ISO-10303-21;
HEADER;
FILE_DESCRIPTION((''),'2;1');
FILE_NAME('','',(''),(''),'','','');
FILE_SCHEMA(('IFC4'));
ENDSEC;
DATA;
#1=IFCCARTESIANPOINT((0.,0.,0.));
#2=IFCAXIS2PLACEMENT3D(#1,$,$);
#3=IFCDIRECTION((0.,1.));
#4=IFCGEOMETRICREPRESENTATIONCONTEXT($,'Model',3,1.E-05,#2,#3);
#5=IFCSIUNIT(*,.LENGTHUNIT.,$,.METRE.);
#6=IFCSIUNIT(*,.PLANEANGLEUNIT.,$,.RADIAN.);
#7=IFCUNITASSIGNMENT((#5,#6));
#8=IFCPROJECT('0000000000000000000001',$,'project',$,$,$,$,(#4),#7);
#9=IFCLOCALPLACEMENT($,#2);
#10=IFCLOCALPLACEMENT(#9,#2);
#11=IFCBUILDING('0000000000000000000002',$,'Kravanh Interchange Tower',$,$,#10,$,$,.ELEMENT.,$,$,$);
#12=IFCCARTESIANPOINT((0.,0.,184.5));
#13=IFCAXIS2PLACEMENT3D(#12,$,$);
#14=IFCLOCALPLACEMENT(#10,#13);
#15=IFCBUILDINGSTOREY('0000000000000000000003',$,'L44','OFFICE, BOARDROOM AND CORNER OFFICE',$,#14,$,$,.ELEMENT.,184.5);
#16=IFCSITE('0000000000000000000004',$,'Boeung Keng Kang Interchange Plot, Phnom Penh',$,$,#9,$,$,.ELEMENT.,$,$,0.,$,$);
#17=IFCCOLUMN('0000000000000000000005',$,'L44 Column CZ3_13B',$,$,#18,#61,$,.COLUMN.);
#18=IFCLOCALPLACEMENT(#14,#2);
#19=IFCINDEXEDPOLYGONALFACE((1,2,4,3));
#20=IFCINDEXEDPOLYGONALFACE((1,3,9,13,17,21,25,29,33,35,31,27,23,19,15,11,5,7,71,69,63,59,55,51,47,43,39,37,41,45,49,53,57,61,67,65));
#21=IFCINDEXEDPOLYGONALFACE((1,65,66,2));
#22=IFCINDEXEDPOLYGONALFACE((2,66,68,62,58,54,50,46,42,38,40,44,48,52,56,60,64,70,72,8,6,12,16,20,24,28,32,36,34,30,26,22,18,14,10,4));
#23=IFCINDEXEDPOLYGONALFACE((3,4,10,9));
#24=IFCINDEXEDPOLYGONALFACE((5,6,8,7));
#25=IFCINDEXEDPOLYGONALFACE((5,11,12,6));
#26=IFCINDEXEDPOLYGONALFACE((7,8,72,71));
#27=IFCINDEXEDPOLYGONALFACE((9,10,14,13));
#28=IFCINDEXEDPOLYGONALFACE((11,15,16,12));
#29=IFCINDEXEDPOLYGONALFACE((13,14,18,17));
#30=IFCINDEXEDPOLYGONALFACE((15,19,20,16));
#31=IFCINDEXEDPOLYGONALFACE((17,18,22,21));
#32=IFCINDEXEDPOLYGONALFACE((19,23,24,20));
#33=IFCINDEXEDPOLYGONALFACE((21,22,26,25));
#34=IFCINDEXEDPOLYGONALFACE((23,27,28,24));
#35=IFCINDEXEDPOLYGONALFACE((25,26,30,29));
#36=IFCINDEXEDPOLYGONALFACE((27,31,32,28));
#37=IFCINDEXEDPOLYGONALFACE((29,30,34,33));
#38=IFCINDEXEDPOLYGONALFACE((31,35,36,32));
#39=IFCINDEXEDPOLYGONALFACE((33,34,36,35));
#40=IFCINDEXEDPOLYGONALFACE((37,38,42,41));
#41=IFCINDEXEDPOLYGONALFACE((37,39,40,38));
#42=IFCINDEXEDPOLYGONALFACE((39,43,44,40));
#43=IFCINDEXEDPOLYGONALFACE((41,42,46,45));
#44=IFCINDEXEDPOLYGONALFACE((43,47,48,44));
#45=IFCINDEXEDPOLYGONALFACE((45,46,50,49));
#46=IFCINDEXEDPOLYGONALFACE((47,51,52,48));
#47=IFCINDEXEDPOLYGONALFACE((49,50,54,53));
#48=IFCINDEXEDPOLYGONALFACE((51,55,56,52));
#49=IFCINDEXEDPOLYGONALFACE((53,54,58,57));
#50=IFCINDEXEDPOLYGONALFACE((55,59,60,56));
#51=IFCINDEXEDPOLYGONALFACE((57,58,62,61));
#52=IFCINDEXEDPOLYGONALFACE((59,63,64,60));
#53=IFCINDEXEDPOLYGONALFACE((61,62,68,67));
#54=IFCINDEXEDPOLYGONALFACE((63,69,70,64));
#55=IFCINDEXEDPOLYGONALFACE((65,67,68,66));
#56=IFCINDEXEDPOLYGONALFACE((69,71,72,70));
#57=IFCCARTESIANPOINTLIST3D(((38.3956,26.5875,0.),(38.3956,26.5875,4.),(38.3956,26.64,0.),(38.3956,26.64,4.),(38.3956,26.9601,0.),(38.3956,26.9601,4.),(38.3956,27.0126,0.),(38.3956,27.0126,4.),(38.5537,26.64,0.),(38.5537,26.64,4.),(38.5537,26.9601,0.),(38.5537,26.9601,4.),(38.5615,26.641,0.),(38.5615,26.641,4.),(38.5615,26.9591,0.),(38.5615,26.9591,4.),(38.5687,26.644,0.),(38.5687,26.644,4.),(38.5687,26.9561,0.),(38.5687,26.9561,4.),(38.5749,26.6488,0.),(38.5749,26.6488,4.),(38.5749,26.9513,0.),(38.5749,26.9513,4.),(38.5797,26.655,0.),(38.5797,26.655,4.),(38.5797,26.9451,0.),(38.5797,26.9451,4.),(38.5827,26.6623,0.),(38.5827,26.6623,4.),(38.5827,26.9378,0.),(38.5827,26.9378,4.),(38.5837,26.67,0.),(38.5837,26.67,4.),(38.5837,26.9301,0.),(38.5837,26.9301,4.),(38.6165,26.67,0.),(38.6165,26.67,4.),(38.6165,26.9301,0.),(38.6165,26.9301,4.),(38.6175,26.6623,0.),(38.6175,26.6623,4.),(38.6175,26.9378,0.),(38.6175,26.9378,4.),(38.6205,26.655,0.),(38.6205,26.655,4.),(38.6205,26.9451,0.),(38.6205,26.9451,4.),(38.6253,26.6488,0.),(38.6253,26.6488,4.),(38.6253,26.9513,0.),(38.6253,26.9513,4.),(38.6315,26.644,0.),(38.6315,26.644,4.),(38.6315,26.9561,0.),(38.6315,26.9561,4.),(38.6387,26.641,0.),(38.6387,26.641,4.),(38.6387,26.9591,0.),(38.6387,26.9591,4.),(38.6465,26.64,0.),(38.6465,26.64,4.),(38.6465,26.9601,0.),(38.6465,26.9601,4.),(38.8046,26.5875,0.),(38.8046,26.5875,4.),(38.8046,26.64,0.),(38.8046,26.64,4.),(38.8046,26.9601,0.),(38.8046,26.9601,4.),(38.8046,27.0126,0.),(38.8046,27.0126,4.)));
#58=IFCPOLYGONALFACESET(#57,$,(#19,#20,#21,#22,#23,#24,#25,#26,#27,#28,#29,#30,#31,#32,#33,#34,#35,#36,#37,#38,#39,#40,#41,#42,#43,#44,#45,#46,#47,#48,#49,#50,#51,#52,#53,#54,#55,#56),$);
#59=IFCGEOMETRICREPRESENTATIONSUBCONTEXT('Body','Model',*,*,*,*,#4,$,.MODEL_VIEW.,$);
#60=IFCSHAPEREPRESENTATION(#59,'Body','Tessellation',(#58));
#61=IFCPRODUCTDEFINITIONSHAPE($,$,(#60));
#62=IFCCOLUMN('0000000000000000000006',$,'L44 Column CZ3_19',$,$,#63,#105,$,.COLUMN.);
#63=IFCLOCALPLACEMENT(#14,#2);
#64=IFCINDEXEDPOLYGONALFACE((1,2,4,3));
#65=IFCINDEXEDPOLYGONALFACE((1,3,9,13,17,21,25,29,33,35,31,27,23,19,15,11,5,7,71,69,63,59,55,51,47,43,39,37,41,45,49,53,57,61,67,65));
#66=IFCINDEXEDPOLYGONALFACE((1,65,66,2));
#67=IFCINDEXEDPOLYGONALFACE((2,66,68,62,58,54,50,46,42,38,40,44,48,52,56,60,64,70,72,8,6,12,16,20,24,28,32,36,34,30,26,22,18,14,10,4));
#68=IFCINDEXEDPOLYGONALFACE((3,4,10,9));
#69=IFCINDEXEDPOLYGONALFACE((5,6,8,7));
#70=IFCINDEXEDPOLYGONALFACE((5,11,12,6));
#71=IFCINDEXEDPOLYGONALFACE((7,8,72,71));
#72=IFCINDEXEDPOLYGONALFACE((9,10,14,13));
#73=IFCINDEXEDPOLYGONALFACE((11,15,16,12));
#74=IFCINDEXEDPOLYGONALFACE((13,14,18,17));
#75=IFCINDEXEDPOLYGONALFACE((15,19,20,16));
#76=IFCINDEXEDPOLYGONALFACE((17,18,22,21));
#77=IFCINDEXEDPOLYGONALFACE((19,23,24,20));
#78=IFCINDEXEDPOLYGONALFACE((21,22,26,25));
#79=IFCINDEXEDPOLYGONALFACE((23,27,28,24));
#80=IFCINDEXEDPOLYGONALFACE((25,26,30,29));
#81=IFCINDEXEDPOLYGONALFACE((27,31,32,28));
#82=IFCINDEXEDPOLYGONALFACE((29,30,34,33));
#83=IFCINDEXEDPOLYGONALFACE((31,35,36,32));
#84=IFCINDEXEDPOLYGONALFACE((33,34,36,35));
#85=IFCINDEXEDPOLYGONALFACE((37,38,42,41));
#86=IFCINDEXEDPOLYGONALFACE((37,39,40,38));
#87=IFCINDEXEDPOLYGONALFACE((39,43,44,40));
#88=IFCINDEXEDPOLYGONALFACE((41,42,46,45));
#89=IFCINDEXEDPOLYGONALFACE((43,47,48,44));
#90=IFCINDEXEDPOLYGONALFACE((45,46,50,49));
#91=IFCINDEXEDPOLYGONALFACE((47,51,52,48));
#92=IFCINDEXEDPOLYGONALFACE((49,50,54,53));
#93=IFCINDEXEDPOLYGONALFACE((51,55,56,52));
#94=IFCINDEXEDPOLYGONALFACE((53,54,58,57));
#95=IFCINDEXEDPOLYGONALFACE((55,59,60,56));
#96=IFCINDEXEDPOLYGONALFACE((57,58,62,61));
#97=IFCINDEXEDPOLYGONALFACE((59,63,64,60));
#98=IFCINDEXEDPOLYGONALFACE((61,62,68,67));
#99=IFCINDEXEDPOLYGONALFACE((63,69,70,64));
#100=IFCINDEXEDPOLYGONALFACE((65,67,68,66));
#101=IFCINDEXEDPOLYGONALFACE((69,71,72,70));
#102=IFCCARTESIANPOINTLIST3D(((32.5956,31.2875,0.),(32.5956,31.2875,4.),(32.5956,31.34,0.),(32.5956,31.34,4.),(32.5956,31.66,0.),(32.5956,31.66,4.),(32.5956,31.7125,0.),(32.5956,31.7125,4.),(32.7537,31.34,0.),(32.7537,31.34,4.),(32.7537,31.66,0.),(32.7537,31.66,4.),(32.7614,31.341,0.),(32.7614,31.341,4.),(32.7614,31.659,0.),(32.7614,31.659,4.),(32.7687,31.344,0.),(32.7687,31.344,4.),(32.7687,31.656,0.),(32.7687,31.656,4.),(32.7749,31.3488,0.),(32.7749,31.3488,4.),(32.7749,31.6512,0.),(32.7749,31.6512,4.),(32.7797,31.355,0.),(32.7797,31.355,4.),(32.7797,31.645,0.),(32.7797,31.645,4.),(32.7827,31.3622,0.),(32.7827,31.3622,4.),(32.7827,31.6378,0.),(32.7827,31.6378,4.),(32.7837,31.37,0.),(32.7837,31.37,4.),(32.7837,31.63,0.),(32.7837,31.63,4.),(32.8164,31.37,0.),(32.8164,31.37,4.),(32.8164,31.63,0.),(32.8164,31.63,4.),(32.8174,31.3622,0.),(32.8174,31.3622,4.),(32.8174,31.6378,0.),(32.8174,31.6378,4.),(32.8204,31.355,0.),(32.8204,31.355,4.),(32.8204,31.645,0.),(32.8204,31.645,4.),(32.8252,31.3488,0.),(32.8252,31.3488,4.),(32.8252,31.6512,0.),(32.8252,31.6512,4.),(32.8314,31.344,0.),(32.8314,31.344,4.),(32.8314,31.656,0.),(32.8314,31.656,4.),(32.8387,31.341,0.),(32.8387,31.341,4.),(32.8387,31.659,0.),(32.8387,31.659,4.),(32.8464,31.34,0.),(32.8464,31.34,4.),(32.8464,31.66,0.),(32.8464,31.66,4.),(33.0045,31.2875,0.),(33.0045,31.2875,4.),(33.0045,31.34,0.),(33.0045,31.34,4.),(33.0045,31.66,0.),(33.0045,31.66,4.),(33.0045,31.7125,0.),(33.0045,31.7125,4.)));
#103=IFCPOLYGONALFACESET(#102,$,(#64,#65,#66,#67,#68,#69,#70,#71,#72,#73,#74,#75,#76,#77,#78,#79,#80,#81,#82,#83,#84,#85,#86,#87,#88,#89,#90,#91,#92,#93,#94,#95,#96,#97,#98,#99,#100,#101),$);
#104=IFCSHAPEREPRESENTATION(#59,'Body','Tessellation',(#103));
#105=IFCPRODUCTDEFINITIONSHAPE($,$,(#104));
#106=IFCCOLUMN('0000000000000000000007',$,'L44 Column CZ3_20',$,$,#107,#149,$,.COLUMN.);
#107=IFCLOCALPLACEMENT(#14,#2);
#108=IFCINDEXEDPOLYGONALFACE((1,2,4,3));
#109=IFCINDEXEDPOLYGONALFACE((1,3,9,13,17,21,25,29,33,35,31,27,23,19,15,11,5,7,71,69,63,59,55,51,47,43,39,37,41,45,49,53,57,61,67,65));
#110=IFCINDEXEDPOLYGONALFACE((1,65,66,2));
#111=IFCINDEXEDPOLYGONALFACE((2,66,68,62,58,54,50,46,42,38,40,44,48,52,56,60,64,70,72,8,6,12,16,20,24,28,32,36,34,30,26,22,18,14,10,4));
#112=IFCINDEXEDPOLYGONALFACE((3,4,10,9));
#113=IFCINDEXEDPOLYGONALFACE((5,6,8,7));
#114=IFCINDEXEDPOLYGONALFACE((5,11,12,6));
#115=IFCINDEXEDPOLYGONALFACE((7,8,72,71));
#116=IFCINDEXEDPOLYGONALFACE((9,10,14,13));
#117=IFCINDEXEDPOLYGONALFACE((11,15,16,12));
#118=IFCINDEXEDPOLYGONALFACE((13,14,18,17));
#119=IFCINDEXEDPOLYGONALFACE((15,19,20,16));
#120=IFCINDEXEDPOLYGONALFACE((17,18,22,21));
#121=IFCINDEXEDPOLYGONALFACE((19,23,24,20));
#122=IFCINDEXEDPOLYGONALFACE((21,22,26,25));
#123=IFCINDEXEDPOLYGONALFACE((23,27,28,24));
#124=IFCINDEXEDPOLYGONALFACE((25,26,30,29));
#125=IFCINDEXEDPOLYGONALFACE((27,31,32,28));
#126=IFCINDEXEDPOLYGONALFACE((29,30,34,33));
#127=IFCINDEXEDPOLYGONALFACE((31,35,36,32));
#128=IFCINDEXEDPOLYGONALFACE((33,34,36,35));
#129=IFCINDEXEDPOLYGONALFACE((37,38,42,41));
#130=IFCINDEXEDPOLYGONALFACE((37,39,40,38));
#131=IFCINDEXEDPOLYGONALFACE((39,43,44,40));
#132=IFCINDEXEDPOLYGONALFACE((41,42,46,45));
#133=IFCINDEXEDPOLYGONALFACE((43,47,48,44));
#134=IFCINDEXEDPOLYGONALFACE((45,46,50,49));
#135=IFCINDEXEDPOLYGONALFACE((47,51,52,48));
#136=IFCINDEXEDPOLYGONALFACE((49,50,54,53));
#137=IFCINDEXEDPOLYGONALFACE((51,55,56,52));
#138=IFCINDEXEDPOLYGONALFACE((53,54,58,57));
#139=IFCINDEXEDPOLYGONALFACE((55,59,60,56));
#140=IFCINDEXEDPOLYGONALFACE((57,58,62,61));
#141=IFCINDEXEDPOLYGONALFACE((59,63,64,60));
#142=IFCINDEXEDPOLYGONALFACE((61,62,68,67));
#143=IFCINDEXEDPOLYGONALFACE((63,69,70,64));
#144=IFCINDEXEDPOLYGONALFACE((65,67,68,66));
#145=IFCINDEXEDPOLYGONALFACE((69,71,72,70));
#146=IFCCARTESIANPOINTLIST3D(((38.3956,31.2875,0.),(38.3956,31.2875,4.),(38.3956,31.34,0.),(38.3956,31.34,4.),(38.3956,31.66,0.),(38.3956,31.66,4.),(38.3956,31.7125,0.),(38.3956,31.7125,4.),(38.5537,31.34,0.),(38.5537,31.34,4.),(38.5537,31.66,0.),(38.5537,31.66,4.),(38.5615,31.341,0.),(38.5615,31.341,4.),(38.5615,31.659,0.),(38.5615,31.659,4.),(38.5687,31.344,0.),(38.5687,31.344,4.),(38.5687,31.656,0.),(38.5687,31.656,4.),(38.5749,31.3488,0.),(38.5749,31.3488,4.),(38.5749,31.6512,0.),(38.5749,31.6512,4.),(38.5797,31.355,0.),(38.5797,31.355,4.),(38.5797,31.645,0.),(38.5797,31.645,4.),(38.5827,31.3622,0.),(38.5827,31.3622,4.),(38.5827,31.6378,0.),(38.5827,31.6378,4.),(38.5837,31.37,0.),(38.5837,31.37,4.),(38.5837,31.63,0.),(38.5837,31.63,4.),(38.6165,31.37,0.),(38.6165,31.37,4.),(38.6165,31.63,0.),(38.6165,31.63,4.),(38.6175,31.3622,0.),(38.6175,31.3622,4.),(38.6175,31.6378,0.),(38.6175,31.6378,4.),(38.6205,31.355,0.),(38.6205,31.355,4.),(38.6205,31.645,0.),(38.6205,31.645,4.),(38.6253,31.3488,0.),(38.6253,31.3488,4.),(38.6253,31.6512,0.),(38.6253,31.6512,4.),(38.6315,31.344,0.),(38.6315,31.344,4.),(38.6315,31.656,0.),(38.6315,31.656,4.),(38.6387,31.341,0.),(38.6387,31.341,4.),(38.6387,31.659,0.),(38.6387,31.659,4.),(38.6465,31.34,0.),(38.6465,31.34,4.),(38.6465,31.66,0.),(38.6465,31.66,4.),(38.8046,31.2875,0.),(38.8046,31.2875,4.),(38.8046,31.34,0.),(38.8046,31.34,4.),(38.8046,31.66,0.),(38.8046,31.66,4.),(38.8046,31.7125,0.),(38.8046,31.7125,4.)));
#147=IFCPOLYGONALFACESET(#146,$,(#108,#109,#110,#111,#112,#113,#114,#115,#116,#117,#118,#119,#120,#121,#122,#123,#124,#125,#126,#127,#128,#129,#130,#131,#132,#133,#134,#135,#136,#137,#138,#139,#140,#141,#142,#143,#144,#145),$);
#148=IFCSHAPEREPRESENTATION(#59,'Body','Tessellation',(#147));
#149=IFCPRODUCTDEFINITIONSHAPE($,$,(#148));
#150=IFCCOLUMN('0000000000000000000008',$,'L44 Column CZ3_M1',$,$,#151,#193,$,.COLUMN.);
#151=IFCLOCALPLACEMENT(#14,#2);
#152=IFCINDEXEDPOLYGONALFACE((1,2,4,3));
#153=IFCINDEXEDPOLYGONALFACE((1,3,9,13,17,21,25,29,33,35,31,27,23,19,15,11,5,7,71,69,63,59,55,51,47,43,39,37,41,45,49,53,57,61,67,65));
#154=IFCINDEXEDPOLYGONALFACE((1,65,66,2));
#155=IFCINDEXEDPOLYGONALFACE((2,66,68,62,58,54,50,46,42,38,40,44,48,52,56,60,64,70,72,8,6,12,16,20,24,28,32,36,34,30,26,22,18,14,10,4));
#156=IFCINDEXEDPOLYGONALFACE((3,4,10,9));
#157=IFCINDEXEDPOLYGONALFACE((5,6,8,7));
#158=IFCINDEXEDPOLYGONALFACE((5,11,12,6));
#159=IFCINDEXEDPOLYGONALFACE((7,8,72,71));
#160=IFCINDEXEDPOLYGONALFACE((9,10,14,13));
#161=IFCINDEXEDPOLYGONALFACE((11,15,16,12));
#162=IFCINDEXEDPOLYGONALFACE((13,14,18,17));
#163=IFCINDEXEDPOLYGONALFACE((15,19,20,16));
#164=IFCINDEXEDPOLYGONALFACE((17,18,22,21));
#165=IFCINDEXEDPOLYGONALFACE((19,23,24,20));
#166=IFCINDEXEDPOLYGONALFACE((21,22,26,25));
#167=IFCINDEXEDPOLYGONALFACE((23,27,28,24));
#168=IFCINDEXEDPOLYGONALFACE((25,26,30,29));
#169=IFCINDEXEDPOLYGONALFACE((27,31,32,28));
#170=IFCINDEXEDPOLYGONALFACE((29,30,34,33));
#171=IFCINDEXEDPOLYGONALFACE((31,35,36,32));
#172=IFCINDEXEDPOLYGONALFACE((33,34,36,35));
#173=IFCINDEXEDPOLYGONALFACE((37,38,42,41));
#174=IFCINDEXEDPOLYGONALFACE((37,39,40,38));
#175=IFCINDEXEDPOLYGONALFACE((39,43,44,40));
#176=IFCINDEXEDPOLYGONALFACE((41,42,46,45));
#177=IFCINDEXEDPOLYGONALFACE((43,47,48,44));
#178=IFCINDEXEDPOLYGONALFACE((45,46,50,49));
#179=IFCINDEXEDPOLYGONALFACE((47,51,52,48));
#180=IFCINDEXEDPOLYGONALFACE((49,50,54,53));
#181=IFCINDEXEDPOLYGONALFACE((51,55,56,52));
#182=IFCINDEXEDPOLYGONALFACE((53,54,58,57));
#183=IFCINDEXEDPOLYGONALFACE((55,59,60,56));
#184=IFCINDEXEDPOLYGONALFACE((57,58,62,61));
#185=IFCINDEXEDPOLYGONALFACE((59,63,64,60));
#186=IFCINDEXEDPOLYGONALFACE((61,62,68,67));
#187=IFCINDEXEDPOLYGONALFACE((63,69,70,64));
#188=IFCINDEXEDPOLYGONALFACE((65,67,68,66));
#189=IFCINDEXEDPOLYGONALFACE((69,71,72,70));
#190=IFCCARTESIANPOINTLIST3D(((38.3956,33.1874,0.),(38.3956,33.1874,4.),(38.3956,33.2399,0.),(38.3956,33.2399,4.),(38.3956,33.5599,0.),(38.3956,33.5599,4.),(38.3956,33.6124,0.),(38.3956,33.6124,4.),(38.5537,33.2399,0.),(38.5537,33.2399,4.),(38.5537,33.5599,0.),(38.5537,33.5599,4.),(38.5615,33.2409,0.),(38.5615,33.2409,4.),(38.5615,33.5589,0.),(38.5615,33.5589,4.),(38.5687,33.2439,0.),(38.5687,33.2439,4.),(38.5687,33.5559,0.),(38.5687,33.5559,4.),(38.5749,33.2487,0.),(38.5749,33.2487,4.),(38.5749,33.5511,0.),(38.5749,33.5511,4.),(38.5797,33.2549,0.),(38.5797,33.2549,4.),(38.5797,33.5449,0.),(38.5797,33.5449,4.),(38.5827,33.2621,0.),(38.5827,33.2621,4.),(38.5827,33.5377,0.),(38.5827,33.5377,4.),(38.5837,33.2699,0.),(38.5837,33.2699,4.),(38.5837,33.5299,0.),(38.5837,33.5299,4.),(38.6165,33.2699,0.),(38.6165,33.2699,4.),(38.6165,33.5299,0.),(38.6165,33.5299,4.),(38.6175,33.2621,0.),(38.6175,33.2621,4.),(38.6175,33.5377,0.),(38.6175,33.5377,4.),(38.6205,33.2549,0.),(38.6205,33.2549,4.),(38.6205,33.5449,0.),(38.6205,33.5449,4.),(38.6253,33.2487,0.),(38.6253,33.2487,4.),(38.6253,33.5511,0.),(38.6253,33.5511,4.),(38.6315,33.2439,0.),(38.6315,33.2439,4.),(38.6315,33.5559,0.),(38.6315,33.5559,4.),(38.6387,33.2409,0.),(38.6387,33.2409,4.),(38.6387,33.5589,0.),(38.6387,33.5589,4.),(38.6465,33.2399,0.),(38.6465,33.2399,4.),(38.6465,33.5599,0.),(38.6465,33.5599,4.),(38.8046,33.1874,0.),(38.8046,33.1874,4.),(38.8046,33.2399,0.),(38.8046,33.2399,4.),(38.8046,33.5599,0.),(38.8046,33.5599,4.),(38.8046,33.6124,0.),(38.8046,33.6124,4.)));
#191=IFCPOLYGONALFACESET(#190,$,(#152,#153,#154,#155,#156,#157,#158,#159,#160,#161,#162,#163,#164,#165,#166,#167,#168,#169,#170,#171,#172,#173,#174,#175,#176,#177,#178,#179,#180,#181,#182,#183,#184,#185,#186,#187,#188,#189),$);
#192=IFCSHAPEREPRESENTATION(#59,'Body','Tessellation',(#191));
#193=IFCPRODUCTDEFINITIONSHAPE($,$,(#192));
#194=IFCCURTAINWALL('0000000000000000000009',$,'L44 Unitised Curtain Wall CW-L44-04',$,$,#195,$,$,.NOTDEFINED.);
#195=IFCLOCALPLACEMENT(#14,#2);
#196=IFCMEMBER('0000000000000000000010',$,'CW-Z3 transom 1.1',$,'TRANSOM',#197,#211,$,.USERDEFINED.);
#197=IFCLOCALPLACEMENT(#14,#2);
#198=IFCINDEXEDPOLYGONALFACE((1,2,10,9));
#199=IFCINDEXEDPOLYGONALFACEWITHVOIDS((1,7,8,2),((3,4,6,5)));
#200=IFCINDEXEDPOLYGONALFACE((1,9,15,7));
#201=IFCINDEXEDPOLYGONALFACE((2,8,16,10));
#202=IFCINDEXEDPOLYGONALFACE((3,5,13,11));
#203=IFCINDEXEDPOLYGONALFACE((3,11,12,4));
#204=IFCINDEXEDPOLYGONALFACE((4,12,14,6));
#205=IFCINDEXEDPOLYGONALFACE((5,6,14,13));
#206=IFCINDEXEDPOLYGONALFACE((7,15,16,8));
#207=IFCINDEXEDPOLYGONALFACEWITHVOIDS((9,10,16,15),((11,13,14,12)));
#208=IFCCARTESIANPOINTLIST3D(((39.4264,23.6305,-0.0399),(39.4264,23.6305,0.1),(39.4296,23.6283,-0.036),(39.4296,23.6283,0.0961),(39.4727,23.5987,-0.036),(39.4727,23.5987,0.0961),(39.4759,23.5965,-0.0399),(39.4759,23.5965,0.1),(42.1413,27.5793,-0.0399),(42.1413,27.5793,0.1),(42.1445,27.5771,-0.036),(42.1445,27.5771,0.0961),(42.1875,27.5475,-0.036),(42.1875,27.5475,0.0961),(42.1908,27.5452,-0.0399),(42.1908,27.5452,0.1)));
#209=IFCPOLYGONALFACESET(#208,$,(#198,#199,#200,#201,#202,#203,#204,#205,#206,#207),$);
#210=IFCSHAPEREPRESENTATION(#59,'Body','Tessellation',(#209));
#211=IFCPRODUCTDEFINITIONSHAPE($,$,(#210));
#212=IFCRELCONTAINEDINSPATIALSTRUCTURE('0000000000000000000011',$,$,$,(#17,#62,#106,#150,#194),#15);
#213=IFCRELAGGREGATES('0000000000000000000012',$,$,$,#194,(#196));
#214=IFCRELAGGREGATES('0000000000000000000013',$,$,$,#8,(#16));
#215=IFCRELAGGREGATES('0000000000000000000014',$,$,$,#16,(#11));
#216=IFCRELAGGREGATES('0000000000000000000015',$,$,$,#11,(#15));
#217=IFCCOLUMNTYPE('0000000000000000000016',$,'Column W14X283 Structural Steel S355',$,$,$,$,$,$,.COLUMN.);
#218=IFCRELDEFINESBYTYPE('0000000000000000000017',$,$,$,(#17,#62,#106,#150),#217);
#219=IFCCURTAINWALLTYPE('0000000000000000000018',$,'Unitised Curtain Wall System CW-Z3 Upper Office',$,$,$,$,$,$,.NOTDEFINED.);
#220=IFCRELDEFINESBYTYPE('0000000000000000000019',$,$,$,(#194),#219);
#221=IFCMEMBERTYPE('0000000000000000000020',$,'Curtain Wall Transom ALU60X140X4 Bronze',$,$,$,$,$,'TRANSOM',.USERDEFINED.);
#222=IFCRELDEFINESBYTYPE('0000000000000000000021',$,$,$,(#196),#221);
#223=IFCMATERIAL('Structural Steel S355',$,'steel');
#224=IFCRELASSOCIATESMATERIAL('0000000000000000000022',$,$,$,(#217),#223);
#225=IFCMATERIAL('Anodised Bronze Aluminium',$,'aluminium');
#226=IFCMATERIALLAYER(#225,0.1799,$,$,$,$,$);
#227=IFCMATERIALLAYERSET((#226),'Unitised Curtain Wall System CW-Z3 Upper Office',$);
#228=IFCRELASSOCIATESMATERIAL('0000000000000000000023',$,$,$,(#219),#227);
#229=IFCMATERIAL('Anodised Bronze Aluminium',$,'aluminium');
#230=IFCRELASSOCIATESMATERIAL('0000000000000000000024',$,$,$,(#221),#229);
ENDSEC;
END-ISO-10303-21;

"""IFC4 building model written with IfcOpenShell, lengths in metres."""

from ifc_helpers import new_model, si_unit, direction, frame, origin, origin_2d, place, context, subcontext, project, spatial, hollow_rectangle, i_section, extrude, material, layer, layer_set, material_profile, profile_set, type_object, element, aggregate, save


model = new_model("IFC4")

# Units and contexts
model_context = context("Model", 3, precision=1e-05, world=origin(), true_north=direction((0.0, 1.0)))
body_context = subcontext(model_context, "Body", "Model", "MODEL_VIEW")
ifc_project = project(units=[si_unit("LENGTHUNIT", "METRE"), si_unit("PLANEANGLEUNIT", "RADIAN")], contexts=[model_context])

# Site, building, storey
site_placement = place(None, origin())
site = spatial("IfcSite", under=ifc_project, at=site_placement, Name="Boeung Keng Kang Interchange Plot, Phnom Penh", CompositionType="ELEMENT", RefElevation=0.0)
building_placement = place(site_placement, origin())
building = spatial("IfcBuilding", under=site, at=building_placement, Name="Kravanh Interchange Tower", CompositionType="ELEMENT")
storey_placement = place(building_placement, frame((0.0, 0.0, 184.5)))
storey = spatial("IfcBuildingStorey", under=building, at=storey_placement, Name="L44", Description="OFFICE, BOARDROOM AND CORNER OFFICE", CompositionType="ELEMENT", Elevation=184.5)

# Columns
ifc_material_1 = material(Name="Structural Steel S355", Category="steel")
ifc_material_profile_1 = material_profile(ifc_material_1, i_section(OverallWidth=0.4089, OverallDepth=0.425, WebThickness=0.0327, FlangeThickness=0.0525, FilletRadius=0.03, at=origin_2d()), Name="W14X283")
ifc_profile_set_1 = profile_set([ifc_material_profile_1], Name="Structural Steel S355")
column_type = type_object("IfcColumnType", Name="Column W14X283 Structural Steel S355", PredefinedType="COLUMN", material=ifc_profile_set_1)
for number, where, z_axis, x_axis, name in (
    (1, (38.6001, 26.8, 0.0), (0.0, 0.0, 1.0), (1.0, 0.0, 0.0), "L44 Column CZ3_13B"),
    (2, (32.8, 31.5, 0.0), (0.0, 0.0, 1.0), (1.0, 0.0, 0.0), "L44 Column CZ3_19"),
    (3, (38.6001, 31.5, 0.0), (0.0, 0.0, 1.0), (1.0, 0.0, 0.0), "L44 Column CZ3_20"),
    (4, (38.6001, 33.3999, 0.0), (0.0, 0.0, 1.0), (1.0, 0.0, 0.0), "L44 Column CZ3_M1"),
):
    element("IfcColumn", number, at=place(storey_placement, frame(where, z_axis=z_axis, x_axis=x_axis)), inside=storey, type_object=column_type, Name=name, PredefinedType="COLUMN", context=body_context, shape_type="SweptSolid", body=[
        extrude(i_section(OverallWidth=0.4089, OverallDepth=0.425, WebThickness=0.0327, FlangeThickness=0.0525, FilletRadius=0.03, at=origin_2d()), origin(), (0.0, 0.0, 1.0), 4.0),
    ])

# Curtain wall, member
ifc_material_2 = material(Name="Anodised Bronze Aluminium", Category="aluminium")
ifc_layer = layer(ifc_material_2, 0.1799)
ifc_layer_set = layer_set([ifc_layer], Name="Unitised Curtain Wall System CW-Z3 Upper Office")
curtain_wall_type = type_object("IfcCurtainWallType", Name="Unitised Curtain Wall System CW-Z3 Upper Office", PredefinedType="NOTDEFINED", material=ifc_layer_set)
curtain_wall_placement = place(storey_placement, origin())
curtain_wall = element("IfcCurtainWall", 5, at=curtain_wall_placement, inside=storey, type_object=curtain_wall_type, Name="L44 Unitised Curtain Wall CW-L44-04", PredefinedType="NOTDEFINED")
ifc_material_3 = material(Name="Anodised Bronze Aluminium", Category="aluminium")
ifc_material_profile_2 = material_profile(ifc_material_3, hollow_rectangle(XDim=0.0601, YDim=0.1399, WallThickness=0.0039, at=origin_2d()), Name="ALU60X140X4")
ifc_profile_set_2 = profile_set([ifc_material_profile_2], Name="Anodised Bronze Aluminium")
member_type = type_object("IfcMemberType", Name="Curtain Wall Transom ALU60X140X4 Bronze", ElementType="TRANSOM", PredefinedType="USERDEFINED", material=ifc_profile_set_2)
member_1_placement = place(storey_placement, frame((42.166, 27.5623, 0.03), z_axis=(-0.566542, -0.824033, 0.0), x_axis=(0.824033, -0.566542, 0.0)))
member_1 = element("IfcMember", 6, at=member_1_placement, type_object=member_type, Name="CW-Z3 transom 1.1", ObjectType="TRANSOM", PredefinedType="USERDEFINED", context=body_context, shape_type="SweptSolid", body=[
    extrude(hollow_rectangle(XDim=0.0601, YDim=0.1399, WallThickness=0.0039, at=origin_2d()), origin(), (0.0, 0.0, 1.0), 4.792),
])
aggregate(curtain_wall, [member_1])

save(model, "model.ifc")
